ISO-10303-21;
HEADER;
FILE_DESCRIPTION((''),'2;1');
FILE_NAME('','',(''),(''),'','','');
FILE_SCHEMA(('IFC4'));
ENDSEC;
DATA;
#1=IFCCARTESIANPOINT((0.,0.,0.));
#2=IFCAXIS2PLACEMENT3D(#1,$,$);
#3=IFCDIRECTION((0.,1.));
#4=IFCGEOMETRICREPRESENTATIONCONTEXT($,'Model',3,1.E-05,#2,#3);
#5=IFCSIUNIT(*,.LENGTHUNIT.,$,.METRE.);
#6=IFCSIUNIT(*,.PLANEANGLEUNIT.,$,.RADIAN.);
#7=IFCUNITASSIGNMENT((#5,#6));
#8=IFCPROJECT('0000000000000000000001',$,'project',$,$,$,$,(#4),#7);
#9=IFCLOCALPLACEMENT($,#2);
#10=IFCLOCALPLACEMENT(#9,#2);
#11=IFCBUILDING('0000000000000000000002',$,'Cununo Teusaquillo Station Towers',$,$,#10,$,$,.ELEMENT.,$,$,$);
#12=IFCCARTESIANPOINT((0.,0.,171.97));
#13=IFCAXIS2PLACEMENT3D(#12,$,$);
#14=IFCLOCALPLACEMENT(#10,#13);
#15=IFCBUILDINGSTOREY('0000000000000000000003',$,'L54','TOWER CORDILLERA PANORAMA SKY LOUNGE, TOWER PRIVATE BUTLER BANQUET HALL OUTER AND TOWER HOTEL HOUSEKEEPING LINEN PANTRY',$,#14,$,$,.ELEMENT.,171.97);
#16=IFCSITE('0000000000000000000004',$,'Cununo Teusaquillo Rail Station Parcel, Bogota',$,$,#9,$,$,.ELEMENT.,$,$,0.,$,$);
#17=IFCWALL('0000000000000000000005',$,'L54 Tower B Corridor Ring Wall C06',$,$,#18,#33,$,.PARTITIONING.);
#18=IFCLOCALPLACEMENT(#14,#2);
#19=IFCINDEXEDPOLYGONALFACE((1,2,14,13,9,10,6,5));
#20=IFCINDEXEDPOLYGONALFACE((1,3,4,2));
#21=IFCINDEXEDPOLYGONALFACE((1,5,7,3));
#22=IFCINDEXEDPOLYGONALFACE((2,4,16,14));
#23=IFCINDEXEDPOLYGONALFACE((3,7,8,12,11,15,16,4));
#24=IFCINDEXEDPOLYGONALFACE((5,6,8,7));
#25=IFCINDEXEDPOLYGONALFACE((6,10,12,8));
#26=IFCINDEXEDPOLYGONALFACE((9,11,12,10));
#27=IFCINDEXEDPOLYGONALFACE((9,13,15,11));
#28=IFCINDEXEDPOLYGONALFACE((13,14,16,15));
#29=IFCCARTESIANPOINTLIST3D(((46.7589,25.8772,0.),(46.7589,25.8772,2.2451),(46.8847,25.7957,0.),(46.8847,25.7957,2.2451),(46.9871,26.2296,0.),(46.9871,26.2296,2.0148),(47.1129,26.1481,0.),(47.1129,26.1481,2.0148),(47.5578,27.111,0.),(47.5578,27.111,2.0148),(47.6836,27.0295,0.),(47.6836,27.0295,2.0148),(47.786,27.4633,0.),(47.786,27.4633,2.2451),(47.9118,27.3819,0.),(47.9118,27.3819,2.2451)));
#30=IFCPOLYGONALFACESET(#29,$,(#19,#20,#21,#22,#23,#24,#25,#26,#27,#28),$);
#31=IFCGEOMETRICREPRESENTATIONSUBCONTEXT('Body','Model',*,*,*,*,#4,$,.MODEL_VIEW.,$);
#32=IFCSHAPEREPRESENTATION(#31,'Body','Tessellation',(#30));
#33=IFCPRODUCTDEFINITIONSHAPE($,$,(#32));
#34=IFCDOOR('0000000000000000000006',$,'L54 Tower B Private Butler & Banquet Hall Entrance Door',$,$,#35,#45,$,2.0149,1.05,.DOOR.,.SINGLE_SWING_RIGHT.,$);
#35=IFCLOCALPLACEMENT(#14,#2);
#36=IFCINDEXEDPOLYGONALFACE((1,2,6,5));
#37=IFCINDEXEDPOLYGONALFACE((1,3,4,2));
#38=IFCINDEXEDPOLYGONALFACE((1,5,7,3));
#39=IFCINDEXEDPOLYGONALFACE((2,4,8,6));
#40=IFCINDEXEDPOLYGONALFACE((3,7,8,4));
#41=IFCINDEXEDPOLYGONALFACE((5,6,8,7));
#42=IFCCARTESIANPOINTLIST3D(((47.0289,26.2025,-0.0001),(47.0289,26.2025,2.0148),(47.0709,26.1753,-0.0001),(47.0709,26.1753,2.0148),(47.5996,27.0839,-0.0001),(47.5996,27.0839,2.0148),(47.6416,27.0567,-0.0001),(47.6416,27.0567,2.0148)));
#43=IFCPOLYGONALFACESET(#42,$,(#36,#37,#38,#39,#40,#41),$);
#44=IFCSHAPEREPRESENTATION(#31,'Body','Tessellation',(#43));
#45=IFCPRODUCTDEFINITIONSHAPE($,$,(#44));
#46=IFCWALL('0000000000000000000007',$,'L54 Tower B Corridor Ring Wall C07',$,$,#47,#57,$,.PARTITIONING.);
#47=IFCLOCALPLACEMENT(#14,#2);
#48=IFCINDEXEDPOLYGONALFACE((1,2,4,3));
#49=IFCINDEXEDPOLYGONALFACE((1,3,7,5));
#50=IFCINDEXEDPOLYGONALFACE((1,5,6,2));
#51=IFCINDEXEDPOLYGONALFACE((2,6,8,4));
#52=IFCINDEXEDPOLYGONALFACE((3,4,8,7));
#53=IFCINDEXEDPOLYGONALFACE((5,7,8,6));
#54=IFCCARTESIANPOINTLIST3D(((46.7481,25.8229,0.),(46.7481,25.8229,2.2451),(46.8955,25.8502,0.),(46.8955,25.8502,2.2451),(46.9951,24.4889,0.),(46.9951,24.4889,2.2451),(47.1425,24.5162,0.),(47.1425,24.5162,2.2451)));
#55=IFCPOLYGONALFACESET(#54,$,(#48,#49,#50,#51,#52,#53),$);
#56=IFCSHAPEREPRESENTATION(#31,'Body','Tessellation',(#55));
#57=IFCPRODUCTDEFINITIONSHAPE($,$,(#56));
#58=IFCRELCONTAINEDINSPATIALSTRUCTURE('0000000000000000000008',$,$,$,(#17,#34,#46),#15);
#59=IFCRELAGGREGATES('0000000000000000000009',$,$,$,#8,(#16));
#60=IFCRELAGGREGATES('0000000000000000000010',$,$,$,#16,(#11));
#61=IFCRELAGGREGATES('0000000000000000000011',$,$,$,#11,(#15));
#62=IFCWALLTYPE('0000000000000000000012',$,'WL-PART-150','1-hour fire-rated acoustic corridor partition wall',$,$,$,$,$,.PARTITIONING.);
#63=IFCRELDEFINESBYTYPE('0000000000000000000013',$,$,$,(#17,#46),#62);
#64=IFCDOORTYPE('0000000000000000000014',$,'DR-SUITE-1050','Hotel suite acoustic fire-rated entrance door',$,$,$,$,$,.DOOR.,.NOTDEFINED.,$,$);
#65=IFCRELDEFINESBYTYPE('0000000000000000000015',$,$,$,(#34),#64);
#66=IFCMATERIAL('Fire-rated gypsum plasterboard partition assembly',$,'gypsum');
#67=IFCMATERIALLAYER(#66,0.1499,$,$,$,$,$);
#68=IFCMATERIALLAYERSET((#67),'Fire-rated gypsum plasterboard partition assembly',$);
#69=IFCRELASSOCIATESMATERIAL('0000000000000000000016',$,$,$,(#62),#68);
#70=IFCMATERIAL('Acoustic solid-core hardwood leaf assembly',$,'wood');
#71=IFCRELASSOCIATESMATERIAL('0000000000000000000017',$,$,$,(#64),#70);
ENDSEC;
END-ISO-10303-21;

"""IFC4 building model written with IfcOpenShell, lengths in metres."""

from ifc_helpers import new_model, si_unit, direction, frame, frame_2d, origin, place, context, subcontext, project, spatial, rectangle, extrude, source, transform, mapped, material, layer, layer_set, type_object, element, fill, save


model = new_model("IFC4")

# Units and contexts
model_context = context("Model", 3, precision=1e-05, world=origin(), true_north=direction((0.0, 1.0)))
body_context = subcontext(model_context, "Body", "Model", "MODEL_VIEW")
ifc_project = project(units=[si_unit("LENGTHUNIT", "METRE"), si_unit("PLANEANGLEUNIT", "RADIAN")], contexts=[model_context])

# Site, building, storey
site_placement = place(None, origin())
site = spatial("IfcSite", under=ifc_project, at=site_placement, Name="Cununo Teusaquillo Rail Station Parcel, Bogota", CompositionType="ELEMENT", RefElevation=0.0)
building_placement = place(site_placement, origin())
building = spatial("IfcBuilding", under=site, at=building_placement, Name="Cununo Teusaquillo Station Towers", CompositionType="ELEMENT")
storey_placement = place(building_placement, frame((0.0, 0.0, 171.97)))
storey = spatial("IfcBuildingStorey", under=building, at=storey_placement, Name="L54", Description="TOWER CORDILLERA PANORAMA SKY LOUNGE, TOWER PRIVATE BUTLER BANQUET HALL OUTER AND TOWER HOTEL HOUSEKEEPING LINEN PANTRY", CompositionType="ELEMENT", Elevation=171.97)

# Wall, opening, door
ifc_material_1 = material(Name="Fire-rated gypsum plasterboard partition assembly", Category="gypsum")
ifc_layer_1 = layer(ifc_material_1, 0.1499)
ifc_layer_set_1 = layer_set([ifc_layer_1], Name="Fire-rated gypsum plasterboard partition assembly")
wall_type_1 = type_object("IfcWallType", Name="WL-PART-150", Description="1-hour fire-rated acoustic corridor partition wall", PredefinedType="PARTITIONING", material=ifc_layer_set_1)
wall_1_placement = place(storey_placement, frame((47.8489, 27.4226, 0.0), z_axis=(0.0, 0.0, 1.0), x_axis=(-0.54353, -0.83939, 0.0)))
wall_1 = element("IfcWall", 1, at=wall_1_placement, inside=storey, type_object=wall_type_1, Name="L54 Tower B Corridor Ring Wall C06", PredefinedType="PARTITIONING", context=body_context, shape_type="SweptSolid", body=[
    extrude(rectangle(XDim=1.8896, YDim=0.1499, at=frame_2d((0.9448, 0.0))), origin(), (0.0, 0.0, 1.0), 2.2451),
])
shared_shape_1 = source(origin(), body_context, "Body", "SweptSolid", [
    extrude(rectangle(XDim=1.05, YDim=2.0149, at=frame_2d((0.5249, 1.0073))), frame((0.0, 0.085, 0.0), z_axis=(0.0, -1.0, 0.0), x_axis=(1.0, 0.0, 0.0)), (0.0, 0.0, 1.0), 0.1699),
])
opening_1_placement = place(wall_1_placement, frame((0.4199, 0.0, 0.0)))
opening_1 = element("IfcOpeningElement", 2, at=opening_1_placement, cuts=wall_1, PredefinedType="OPENING", context=body_context, shape_type="MappedRepresentation", body=[
    mapped(shared_shape_1, transform((0.0, 0.0, 0.0), x_axis=(1.0, 0.0, 0.0), y_axis=(0.0, 1.0, 0.0), z_axis=(0.0, 0.0, 1.0), scale=1.0)),
])
ifc_material_2 = material(Name="Acoustic solid-core hardwood leaf assembly", Category="wood")
door_type_1 = type_object("IfcDoorType", Name="DR-SUITE-1050", Description="Hotel suite acoustic fire-rated entrance door", OperationType="NOTDEFINED", PredefinedType="DOOR", material=ifc_material_2)
shared_shape_2 = source(origin(), body_context, "Body", "SweptSolid", [
    extrude(rectangle(XDim=1.05, YDim=2.0149, at=frame_2d((0.5249, 1.0073))), frame((0.0, 0.0249, 0.0), z_axis=(0.0, -1.0, 0.0), x_axis=(1.0, 0.0, 0.0)), (0.0, 0.0, 1.0), 0.05),
])
door_1_placement = place(opening_1_placement, origin())
door_1 = element("IfcDoor", 3, at=door_1_placement, inside=storey, type_object=door_type_1, Name="L54 Tower B Private Butler & Banquet Hall Entrance Door", OperationType="SINGLE_SWING_RIGHT", OverallHeight=2.0149, OverallWidth=1.05, PredefinedType="DOOR", context=body_context, shape_type="MappedRepresentation", body=[
    mapped(shared_shape_2, transform((0.0, 0.0, 0.0), x_axis=(1.0, 0.0, 0.0), y_axis=(0.0, 1.0, 0.0), z_axis=(0.0, 0.0, 1.0), scale=1.0)),
])
fill(opening_1, door_1)

# Wall
wall_2_placement = place(storey_placement, frame((46.8218, 25.8364, 0.0), z_axis=(0.0, 0.0, 1.0), x_axis=(0.182115, -0.983277, 0.0)))
element("IfcWall", 4, at=wall_2_placement, inside=storey, type_object=wall_type_1, Name="L54 Tower B Corridor Ring Wall C07", PredefinedType="PARTITIONING", context=body_context, shape_type="SweptSolid", body=[
    extrude(rectangle(XDim=1.3567, YDim=0.1499, at=frame_2d((0.6782, 0.0))), origin(), (0.0, 0.0, 1.0), 2.2451),
])

save(model, "model.ifc")
